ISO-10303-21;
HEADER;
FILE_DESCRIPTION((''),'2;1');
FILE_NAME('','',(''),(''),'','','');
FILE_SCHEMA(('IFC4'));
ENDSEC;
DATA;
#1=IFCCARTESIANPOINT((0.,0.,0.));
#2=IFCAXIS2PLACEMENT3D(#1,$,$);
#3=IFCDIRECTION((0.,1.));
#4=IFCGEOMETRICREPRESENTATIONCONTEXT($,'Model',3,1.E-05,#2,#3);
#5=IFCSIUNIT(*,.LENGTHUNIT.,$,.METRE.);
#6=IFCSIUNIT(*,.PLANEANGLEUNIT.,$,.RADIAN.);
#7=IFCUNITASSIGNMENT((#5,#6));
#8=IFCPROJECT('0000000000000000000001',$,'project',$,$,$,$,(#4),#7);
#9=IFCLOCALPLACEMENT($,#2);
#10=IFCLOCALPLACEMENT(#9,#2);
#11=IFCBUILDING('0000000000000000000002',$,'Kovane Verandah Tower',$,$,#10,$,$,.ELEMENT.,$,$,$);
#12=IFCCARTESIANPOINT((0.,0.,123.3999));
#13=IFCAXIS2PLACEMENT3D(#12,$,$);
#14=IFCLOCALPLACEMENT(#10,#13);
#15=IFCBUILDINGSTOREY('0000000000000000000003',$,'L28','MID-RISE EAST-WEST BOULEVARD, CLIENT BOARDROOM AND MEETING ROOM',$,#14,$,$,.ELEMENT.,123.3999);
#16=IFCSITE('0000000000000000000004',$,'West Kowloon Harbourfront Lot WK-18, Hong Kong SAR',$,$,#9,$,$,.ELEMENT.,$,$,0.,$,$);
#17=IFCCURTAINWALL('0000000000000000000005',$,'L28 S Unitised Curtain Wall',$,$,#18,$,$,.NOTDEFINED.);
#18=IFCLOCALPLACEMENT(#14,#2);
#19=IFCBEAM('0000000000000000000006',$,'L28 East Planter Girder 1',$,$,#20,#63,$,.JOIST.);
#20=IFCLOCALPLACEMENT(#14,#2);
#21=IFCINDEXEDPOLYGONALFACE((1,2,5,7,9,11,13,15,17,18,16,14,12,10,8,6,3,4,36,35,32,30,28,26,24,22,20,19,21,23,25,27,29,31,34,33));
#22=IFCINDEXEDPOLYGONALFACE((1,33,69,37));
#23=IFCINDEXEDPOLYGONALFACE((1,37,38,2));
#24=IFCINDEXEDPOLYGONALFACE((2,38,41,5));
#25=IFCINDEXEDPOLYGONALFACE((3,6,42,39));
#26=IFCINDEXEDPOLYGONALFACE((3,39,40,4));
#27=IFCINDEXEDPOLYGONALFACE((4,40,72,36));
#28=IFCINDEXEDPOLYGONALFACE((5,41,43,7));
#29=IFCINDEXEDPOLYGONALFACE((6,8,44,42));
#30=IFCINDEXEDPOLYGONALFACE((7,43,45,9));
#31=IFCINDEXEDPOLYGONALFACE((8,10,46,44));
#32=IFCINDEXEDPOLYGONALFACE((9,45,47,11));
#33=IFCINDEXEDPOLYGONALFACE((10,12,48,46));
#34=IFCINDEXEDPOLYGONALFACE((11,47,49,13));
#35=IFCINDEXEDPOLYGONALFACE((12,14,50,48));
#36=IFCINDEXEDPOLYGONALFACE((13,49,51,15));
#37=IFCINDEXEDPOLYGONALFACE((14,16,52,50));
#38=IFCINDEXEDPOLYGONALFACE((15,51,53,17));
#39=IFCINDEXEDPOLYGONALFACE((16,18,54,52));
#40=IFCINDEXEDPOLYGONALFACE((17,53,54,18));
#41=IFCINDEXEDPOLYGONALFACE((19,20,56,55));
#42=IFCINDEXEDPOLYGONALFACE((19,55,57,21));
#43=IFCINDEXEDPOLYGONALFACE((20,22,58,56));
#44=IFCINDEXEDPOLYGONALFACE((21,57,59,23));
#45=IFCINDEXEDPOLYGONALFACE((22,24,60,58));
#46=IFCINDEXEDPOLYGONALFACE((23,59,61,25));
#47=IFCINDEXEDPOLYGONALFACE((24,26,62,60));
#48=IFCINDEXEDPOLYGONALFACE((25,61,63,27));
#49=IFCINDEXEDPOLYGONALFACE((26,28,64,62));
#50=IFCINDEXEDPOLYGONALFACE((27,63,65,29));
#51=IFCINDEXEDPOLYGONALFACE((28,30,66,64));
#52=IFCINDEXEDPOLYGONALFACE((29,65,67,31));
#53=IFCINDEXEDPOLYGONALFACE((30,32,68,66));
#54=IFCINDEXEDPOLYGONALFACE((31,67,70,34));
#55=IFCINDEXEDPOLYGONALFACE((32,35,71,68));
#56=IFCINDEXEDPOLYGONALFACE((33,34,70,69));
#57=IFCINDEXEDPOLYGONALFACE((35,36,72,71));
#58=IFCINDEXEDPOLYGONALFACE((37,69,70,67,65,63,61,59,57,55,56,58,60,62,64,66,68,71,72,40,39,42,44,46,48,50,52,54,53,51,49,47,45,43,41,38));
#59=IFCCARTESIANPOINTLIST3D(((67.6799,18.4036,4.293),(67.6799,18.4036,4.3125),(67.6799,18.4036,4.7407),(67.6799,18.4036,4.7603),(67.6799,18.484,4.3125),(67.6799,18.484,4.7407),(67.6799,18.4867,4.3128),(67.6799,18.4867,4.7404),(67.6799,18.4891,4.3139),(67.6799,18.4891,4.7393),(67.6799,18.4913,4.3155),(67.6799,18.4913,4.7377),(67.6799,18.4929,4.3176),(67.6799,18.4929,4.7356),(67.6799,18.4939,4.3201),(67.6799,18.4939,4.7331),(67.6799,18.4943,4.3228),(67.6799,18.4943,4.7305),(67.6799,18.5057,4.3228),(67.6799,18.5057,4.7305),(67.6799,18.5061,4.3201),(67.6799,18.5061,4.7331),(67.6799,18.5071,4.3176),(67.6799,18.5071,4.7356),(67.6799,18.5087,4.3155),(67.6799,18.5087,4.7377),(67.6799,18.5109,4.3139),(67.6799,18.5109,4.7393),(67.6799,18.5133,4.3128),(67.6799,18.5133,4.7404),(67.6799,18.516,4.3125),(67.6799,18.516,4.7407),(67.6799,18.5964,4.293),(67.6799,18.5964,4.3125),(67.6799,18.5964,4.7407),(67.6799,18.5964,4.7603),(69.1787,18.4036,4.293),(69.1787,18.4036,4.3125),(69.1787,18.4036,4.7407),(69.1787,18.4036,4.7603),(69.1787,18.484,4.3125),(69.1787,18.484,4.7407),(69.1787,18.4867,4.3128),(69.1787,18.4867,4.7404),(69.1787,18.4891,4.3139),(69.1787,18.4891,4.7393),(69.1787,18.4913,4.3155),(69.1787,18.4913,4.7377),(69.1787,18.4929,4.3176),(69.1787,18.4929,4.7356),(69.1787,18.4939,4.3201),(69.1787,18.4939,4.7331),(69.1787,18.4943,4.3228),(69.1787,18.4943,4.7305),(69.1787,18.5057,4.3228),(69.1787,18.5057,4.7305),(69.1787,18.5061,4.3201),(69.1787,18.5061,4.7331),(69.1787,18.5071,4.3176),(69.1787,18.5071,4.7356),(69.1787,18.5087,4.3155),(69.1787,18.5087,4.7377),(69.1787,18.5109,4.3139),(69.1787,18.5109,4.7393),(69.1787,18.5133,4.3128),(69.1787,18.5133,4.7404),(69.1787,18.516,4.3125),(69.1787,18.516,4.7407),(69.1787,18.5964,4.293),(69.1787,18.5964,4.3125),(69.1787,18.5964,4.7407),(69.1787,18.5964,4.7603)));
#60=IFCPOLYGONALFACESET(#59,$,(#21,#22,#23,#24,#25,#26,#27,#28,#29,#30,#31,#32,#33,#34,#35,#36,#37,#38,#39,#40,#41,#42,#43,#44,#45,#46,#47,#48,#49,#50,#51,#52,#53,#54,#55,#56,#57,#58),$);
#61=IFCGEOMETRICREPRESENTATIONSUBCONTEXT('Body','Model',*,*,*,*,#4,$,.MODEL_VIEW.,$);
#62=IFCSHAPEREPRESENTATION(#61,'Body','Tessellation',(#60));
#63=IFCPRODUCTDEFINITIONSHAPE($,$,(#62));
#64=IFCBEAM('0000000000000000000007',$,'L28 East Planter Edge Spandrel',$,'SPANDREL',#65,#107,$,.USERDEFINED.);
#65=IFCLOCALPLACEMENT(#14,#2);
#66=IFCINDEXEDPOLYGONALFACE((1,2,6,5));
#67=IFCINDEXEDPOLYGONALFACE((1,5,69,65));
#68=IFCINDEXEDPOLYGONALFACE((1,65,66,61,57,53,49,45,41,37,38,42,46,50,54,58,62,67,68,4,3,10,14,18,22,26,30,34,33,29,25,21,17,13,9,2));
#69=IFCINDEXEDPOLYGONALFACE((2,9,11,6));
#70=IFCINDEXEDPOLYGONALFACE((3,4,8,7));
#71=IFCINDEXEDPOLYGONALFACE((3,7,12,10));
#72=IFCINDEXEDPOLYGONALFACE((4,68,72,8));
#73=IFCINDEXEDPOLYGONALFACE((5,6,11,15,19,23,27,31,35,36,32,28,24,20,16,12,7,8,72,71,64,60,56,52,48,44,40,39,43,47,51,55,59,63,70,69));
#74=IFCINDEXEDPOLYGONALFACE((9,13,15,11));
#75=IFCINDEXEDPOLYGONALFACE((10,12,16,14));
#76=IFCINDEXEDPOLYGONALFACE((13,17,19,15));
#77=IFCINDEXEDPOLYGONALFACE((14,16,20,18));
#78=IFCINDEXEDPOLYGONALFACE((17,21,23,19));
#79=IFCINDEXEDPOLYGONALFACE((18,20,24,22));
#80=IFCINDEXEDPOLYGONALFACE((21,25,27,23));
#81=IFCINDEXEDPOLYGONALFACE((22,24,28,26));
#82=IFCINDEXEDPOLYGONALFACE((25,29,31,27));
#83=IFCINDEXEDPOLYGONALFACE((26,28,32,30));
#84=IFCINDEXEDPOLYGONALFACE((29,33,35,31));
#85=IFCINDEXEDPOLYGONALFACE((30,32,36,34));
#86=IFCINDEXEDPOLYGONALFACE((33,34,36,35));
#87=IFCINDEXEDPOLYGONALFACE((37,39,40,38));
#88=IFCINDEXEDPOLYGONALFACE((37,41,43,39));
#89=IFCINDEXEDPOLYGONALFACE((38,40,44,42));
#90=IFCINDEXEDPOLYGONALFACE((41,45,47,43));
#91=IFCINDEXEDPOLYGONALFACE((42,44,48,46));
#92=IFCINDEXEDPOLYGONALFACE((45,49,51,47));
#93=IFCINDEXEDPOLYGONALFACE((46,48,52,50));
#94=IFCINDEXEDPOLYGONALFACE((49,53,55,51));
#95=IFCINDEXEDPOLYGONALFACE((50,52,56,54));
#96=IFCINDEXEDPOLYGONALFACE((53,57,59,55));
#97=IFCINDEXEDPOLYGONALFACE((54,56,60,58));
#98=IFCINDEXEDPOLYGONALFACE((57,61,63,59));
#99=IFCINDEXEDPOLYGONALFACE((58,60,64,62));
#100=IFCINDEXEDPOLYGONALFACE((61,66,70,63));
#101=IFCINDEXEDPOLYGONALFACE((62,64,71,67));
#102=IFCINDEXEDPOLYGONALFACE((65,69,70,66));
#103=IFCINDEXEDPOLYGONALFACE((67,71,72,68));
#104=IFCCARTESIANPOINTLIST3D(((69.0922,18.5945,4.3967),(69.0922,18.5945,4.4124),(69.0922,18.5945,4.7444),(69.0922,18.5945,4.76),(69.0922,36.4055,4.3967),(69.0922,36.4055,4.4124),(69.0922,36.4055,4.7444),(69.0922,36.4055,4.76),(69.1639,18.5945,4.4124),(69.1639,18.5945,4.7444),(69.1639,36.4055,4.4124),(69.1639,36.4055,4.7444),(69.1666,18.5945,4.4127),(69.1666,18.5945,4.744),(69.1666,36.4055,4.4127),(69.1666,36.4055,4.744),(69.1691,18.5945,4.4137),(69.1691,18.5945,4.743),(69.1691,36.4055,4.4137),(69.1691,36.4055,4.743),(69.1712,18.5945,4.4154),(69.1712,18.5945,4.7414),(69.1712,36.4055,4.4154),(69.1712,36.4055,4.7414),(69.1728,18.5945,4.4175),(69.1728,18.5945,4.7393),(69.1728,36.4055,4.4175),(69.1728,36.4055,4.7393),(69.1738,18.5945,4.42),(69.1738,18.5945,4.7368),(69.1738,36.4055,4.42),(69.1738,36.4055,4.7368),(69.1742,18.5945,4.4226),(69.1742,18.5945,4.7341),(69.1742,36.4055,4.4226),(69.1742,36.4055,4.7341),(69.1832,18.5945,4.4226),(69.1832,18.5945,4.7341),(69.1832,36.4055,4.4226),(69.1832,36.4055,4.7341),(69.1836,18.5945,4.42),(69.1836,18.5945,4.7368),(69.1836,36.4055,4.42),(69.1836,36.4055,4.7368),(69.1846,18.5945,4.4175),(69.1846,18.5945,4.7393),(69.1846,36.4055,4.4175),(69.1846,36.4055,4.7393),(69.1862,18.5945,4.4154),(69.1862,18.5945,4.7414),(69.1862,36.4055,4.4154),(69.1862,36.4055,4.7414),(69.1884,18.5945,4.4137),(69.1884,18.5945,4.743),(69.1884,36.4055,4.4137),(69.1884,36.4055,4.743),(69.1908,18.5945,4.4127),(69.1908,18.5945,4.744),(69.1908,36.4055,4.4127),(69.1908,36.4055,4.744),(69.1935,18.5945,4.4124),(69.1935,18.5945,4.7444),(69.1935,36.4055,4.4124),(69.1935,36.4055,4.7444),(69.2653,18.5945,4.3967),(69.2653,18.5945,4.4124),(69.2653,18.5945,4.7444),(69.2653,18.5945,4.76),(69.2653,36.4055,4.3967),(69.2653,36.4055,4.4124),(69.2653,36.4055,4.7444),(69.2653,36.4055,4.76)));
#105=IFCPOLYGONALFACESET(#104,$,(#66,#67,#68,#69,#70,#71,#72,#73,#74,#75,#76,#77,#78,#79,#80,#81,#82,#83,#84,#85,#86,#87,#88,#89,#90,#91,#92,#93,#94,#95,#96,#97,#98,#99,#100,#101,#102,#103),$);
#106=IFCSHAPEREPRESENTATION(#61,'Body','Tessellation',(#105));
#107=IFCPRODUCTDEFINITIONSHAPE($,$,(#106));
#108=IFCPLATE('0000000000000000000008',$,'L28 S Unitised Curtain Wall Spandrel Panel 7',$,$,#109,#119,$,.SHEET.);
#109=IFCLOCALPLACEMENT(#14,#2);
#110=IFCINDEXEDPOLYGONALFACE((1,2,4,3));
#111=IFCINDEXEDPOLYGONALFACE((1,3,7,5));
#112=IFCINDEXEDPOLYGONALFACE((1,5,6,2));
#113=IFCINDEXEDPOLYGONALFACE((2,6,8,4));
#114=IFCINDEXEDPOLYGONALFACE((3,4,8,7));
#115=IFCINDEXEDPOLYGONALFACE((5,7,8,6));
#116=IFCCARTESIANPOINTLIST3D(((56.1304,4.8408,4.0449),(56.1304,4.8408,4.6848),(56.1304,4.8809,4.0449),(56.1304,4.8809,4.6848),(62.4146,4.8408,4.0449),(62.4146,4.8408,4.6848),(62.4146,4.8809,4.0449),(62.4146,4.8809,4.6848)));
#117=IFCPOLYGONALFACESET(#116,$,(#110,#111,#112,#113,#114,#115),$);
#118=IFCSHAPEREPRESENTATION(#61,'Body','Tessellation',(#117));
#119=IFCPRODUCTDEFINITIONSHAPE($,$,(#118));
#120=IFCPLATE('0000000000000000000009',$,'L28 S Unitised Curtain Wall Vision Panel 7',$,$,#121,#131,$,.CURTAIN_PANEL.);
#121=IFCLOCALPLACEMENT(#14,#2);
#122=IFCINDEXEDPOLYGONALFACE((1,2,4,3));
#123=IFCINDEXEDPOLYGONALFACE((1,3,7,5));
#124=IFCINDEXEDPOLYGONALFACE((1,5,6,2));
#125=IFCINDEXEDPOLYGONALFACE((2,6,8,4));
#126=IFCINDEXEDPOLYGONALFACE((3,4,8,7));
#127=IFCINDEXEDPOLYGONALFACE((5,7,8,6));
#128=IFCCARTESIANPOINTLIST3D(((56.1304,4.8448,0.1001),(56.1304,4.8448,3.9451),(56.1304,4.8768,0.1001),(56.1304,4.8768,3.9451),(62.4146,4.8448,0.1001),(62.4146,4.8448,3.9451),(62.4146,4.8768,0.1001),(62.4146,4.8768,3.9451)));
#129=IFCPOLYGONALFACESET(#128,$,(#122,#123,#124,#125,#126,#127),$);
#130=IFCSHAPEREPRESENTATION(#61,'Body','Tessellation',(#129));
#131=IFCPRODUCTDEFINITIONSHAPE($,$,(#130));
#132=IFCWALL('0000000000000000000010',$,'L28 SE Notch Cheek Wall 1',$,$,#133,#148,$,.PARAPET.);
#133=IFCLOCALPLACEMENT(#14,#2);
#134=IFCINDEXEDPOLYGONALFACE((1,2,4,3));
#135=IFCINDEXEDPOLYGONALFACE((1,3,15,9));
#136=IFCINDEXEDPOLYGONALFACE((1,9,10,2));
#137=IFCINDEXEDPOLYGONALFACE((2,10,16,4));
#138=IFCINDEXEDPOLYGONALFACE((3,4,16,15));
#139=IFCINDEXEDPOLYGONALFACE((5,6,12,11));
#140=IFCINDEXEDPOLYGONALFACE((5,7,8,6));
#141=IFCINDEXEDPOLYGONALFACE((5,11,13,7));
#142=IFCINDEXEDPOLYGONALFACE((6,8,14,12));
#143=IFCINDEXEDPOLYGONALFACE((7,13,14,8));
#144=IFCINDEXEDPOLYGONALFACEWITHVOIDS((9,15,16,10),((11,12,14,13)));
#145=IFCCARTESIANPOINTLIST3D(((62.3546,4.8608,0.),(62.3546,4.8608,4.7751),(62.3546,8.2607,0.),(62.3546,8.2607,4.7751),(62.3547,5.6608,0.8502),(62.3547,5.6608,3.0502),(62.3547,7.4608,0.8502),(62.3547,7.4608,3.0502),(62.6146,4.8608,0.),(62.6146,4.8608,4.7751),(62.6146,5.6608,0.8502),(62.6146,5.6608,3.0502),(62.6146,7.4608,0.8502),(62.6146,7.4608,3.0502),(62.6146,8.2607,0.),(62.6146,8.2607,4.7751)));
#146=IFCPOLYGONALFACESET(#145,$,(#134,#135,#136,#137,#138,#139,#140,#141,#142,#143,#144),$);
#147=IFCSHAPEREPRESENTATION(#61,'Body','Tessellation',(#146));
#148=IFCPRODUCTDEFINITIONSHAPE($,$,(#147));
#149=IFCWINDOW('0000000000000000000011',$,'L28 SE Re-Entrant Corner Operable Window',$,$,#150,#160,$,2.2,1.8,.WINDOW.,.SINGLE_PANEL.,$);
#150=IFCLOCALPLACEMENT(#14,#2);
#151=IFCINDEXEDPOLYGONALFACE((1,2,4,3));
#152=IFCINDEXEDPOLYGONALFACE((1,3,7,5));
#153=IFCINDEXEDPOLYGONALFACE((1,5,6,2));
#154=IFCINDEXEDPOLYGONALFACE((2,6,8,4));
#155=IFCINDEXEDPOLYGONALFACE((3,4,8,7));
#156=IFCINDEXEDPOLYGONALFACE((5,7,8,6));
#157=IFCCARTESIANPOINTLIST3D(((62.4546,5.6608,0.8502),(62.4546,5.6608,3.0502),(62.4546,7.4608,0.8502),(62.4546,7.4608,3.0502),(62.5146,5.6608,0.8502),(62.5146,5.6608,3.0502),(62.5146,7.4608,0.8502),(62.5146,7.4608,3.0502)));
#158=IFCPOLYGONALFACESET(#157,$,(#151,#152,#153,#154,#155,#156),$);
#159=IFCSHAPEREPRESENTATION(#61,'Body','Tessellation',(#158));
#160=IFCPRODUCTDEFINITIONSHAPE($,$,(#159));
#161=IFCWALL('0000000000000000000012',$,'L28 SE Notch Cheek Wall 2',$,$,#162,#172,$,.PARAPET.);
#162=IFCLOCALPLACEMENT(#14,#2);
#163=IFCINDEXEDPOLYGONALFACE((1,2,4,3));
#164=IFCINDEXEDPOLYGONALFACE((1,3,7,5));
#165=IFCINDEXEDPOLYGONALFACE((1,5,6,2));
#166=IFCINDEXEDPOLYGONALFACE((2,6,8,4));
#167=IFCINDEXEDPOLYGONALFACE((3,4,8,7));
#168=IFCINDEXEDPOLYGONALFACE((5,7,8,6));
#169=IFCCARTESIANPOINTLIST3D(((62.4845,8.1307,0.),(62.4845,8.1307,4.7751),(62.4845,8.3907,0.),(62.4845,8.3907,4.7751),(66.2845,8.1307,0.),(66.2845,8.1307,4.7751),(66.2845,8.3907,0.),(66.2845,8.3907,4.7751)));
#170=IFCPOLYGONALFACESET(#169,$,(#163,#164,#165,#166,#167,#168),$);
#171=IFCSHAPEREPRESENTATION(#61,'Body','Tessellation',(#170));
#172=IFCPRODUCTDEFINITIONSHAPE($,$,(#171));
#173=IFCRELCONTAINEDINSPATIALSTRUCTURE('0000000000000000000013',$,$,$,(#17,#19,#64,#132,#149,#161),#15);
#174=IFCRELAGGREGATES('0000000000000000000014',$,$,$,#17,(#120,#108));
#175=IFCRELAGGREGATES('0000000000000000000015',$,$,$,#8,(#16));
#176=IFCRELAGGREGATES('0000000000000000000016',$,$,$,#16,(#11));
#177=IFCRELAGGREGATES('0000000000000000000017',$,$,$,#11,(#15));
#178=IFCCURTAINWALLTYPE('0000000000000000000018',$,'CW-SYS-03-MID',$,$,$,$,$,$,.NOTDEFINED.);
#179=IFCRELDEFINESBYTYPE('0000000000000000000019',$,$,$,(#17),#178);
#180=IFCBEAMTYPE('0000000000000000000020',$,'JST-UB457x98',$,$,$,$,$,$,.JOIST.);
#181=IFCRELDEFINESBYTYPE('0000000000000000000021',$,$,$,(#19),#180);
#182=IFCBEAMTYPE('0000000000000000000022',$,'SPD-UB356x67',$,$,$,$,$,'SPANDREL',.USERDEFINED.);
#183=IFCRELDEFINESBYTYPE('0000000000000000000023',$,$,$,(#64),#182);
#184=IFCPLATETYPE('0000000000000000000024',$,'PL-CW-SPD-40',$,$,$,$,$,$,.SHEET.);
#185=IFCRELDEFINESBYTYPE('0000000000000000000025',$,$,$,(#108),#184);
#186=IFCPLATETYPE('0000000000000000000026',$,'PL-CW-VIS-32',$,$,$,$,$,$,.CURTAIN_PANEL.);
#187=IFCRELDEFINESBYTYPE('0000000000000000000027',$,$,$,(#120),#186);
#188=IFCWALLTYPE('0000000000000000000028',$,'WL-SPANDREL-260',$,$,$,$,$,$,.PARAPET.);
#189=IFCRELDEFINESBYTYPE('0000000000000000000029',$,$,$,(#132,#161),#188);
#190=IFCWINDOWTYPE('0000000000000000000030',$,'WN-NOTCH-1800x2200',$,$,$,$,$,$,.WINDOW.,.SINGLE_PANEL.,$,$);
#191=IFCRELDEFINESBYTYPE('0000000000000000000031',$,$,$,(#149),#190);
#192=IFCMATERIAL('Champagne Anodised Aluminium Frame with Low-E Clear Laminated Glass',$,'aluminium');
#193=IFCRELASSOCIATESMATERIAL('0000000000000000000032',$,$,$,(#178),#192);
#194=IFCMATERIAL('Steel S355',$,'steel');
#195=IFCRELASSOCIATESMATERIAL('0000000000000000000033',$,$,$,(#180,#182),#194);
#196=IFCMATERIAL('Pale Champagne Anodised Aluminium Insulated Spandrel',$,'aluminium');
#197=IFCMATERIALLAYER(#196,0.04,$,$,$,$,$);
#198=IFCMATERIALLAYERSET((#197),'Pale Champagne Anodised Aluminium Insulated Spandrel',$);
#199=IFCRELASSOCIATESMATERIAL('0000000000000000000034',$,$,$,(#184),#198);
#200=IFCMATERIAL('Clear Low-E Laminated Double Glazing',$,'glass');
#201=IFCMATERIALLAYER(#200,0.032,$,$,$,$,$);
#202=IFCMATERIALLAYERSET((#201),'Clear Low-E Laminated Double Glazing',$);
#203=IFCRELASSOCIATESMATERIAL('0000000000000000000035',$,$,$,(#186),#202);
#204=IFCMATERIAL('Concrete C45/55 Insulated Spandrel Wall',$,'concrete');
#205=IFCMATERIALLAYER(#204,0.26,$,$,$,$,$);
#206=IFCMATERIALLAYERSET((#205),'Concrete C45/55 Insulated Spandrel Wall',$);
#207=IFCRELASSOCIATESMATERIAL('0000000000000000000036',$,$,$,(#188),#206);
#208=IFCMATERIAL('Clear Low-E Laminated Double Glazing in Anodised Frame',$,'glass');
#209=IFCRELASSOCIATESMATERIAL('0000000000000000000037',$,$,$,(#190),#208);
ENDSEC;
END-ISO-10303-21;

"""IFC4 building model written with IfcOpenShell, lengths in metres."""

from ifc_helpers import new_model, si_unit, direction, frame, frame_2d, origin, origin_2d, place, context, subcontext, project, spatial, rectangle, i_section, extrude, material, layer, layer_set, material_profile, profile_set, type_object, element, fill, aggregate, save


model = new_model("IFC4")

# Units and contexts
model_context = context("Model", 3, precision=1e-05, world=origin(), true_north=direction((0.0, 1.0)))
body_context = subcontext(model_context, "Body", "Model", "MODEL_VIEW")
ifc_project = project(units=[si_unit("LENGTHUNIT", "METRE"), si_unit("PLANEANGLEUNIT", "RADIAN")], contexts=[model_context])

# Site, building, storey
site_placement = place(None, origin())
site = spatial("IfcSite", under=ifc_project, at=site_placement, Name="West Kowloon Harbourfront Lot WK-18, Hong Kong SAR", CompositionType="ELEMENT", RefElevation=0.0)
building_placement = place(site_placement, origin())
building = spatial("IfcBuilding", under=site, at=building_placement, Name="Kovane Verandah Tower", CompositionType="ELEMENT")
storey_placement = place(building_placement, frame((0.0, 0.0, 123.3999)))
storey = spatial("IfcBuildingStorey", under=building, at=storey_placement, Name="L28", Description="MID-RISE EAST-WEST BOULEVARD, CLIENT BOARDROOM AND MEETING ROOM", CompositionType="ELEMENT", Elevation=123.3999)

# Shared definitions
ifc_material_1 = material(Name="Steel S355", Category="steel")

# Curtain wall
ifc_material_2 = material(Name="Champagne Anodised Aluminium Frame with Low-E Clear Laminated Glass", Category="aluminium")
curtain_wall_type = type_object("IfcCurtainWallType", Name="CW-SYS-03-MID", PredefinedType="NOTDEFINED", material=ifc_material_2)
curtain_wall_placement = place(storey_placement, origin())
curtain_wall = element("IfcCurtainWall", 1, at=curtain_wall_placement, inside=storey, type_object=curtain_wall_type, Name="L28 S Unitised Curtain Wall", PredefinedType="NOTDEFINED")

# Beams
ifc_material_profile_1 = material_profile(ifc_material_1, i_section(OverallWidth=0.1929, OverallDepth=0.4673, WebThickness=0.0115, FlangeThickness=0.0195, FilletRadius=0.0103, at=origin_2d()), Name="UB457x191x98")
ifc_profile_set_1 = profile_set([ifc_material_profile_1], Name="Steel S355")
beam_type_1 = type_object("IfcBeamType", Name="JST-UB457x98", PredefinedType="JOIST", material=ifc_profile_set_1)
beam_1_placement = place(storey_placement, frame((67.6799, 18.5, 4.5266), z_axis=(1.0, 0.0, 0.0), x_axis=(0.0, 1.0, 0.0)))
element("IfcBeam", 2, at=beam_1_placement, inside=storey, type_object=beam_type_1, Name="L28 East Planter Girder 1", PredefinedType="JOIST", context=body_context, shape_type="SweptSolid", body=[
    extrude(i_section(OverallWidth=0.1929, OverallDepth=0.4673, WebThickness=0.0115, FlangeThickness=0.0195, FilletRadius=0.0103, at=origin_2d()), origin(), (0.0, 0.0, 1.0), 1.4988),
])
ifc_material_profile_2 = material_profile(ifc_material_1, i_section(OverallWidth=0.1731, OverallDepth=0.3633, WebThickness=0.009, FlangeThickness=0.0156, FilletRadius=0.0103, at=origin_2d()), Name="UB356x171x67")
ifc_profile_set_2 = profile_set([ifc_material_profile_2], Name="Steel S355")
beam_type_2 = type_object("IfcBeamType", Name="SPD-UB356x67", ElementType="SPANDREL", PredefinedType="USERDEFINED", material=ifc_profile_set_2)
beam_2_placement = place(storey_placement, frame((69.1787, 18.5945, 4.5784), z_axis=(0.0, 1.0, 0.0), x_axis=(-1.0, 0.0, 0.0)))
element("IfcBeam", 3, at=beam_2_placement, inside=storey, type_object=beam_type_2, Name="L28 East Planter Edge Spandrel", ObjectType="SPANDREL", PredefinedType="USERDEFINED", context=body_context, shape_type="SweptSolid", body=[
    extrude(i_section(OverallWidth=0.1731, OverallDepth=0.3633, WebThickness=0.009, FlangeThickness=0.0156, FilletRadius=0.0103, at=origin_2d()), origin(), (0.0, 0.0, 1.0), 17.811),
])

# Plates
ifc_material_3 = material(Name="Pale Champagne Anodised Aluminium Insulated Spandrel", Category="aluminium")
ifc_layer_1 = layer(ifc_material_3, 0.04)
ifc_layer_set_1 = layer_set([ifc_layer_1], Name="Pale Champagne Anodised Aluminium Insulated Spandrel")
plate_type_1 = type_object("IfcPlateType", Name="PL-CW-SPD-40", PredefinedType="SHEET", material=ifc_layer_set_1)
plate_1_placement = place(storey_placement, frame((59.2725, 4.8608, 4.0449), z_axis=(0.0, 0.0, 1.0), x_axis=(1.0, 0.0, 0.0)))
plate_1 = element("IfcPlate", 4, at=plate_1_placement, type_object=plate_type_1, Name="L28 S Unitised Curtain Wall Spandrel Panel 7", PredefinedType="SHEET", context=body_context, shape_type="SweptSolid", body=[
    extrude(rectangle(XDim=6.2842, YDim=0.04, at=origin_2d()), origin(), (0.0, 0.0, 1.0), 0.6399),
])
ifc_material_4 = material(Name="Clear Low-E Laminated Double Glazing", Category="glass")
ifc_layer_2 = layer(ifc_material_4, 0.032)
ifc_layer_set_2 = layer_set([ifc_layer_2], Name="Clear Low-E Laminated Double Glazing")
plate_type_2 = type_object("IfcPlateType", Name="PL-CW-VIS-32", PredefinedType="CURTAIN_PANEL", material=ifc_layer_set_2)
plate_2_placement = place(storey_placement, frame((59.2725, 4.8608, 0.1001), z_axis=(0.0, 0.0, 1.0), x_axis=(1.0, 0.0, 0.0)))
plate_2 = element("IfcPlate", 5, at=plate_2_placement, type_object=plate_type_2, Name="L28 S Unitised Curtain Wall Vision Panel 7", PredefinedType="CURTAIN_PANEL", context=body_context, shape_type="SweptSolid", body=[
    extrude(rectangle(XDim=6.2842, YDim=0.032, at=origin_2d()), origin(), (0.0, 0.0, 1.0), 3.845),
])
aggregate(curtain_wall, [plate_2, plate_1])

# Shared definitions
ifc_material_5 = material(Name="Concrete C45/55 Insulated Spandrel Wall", Category="concrete")
ifc_layer_3 = layer(ifc_material_5, 0.26)
ifc_layer_set_3 = layer_set([ifc_layer_3], Name="Concrete C45/55 Insulated Spandrel Wall")
wall_type = type_object("IfcWallType", Name="WL-SPANDREL-260", PredefinedType="PARAPET", material=ifc_layer_set_3)
ifc_material_6 = material(Name="Clear Low-E Laminated Double Glazing in Anodised Frame", Category="glass")

# Wall, opening, window
wall_1_placement = place(storey_placement, frame((62.4846, 4.8608, 0.0), z_axis=(0.0, 0.0, 1.0), x_axis=(0.0, 1.0, 0.0)))
wall_1 = element("IfcWall", 6, at=wall_1_placement, inside=storey, type_object=wall_type, Name="L28 SE Notch Cheek Wall 1", PredefinedType="PARAPET", context=body_context, shape_type="SweptSolid", body=[
    extrude(rectangle(XDim=3.3999, YDim=0.26, at=frame_2d((1.7, 0.0))), origin(), (0.0, 0.0, 1.0), 4.7751),
])
opening_1_placement = place(wall_1_placement, frame((0.8, 0.0, 0.8501)))
opening_1 = element("IfcOpeningElement", 7, at=opening_1_placement, cuts=wall_1, PredefinedType="OPENING", context=body_context, shape_type="SweptSolid", body=[
    extrude(rectangle(XDim=1.8, YDim=2.2, at=frame_2d((0.8999, 1.1001))), frame((0.0, 0.1299, 0.0), z_axis=(0.0, -1.0, 0.0), x_axis=(1.0, 0.0, 0.0)), (0.0, 0.0, 1.0), 0.26),
])
window_type_1 = type_object("IfcWindowType", Name="WN-NOTCH-1800x2200", PartitioningType="SINGLE_PANEL", PredefinedType="WINDOW", material=ifc_material_6)
window_1_placement = place(opening_1_placement, origin())
window_1 = element("IfcWindow", 8, at=window_1_placement, inside=storey, type_object=window_type_1, Name="L28 SE Re-Entrant Corner Operable Window", OverallHeight=2.2, OverallWidth=1.8, PartitioningType="SINGLE_PANEL", PredefinedType="WINDOW", context=body_context, shape_type="SweptSolid", body=[
    extrude(rectangle(XDim=1.8, YDim=2.2, at=frame_2d((0.8999, 1.1001))), frame((0.0, 0.03, 0.0), z_axis=(0.0, -1.0, 0.0), x_axis=(1.0, 0.0, 0.0)), (0.0, 0.0, 1.0), 0.0601),
])
fill(opening_1, window_1)

# Wall
wall_2_placement = place(storey_placement, frame((62.4846, 8.2607, 0.0), z_axis=(0.0, 0.0, 1.0), x_axis=(1.0, 0.0, 0.0)))
element("IfcWall", 9, at=wall_2_placement, inside=storey, type_object=wall_type, Name="L28 SE Notch Cheek Wall 2", PredefinedType="PARAPET", context=body_context, shape_type="SweptSolid", body=[
    extrude(rectangle(XDim=3.8, YDim=0.26, at=frame_2d((1.8999, 0.0))), origin(), (0.0, 0.0, 1.0), 4.7751),
])

save(model, "model.ifc")
